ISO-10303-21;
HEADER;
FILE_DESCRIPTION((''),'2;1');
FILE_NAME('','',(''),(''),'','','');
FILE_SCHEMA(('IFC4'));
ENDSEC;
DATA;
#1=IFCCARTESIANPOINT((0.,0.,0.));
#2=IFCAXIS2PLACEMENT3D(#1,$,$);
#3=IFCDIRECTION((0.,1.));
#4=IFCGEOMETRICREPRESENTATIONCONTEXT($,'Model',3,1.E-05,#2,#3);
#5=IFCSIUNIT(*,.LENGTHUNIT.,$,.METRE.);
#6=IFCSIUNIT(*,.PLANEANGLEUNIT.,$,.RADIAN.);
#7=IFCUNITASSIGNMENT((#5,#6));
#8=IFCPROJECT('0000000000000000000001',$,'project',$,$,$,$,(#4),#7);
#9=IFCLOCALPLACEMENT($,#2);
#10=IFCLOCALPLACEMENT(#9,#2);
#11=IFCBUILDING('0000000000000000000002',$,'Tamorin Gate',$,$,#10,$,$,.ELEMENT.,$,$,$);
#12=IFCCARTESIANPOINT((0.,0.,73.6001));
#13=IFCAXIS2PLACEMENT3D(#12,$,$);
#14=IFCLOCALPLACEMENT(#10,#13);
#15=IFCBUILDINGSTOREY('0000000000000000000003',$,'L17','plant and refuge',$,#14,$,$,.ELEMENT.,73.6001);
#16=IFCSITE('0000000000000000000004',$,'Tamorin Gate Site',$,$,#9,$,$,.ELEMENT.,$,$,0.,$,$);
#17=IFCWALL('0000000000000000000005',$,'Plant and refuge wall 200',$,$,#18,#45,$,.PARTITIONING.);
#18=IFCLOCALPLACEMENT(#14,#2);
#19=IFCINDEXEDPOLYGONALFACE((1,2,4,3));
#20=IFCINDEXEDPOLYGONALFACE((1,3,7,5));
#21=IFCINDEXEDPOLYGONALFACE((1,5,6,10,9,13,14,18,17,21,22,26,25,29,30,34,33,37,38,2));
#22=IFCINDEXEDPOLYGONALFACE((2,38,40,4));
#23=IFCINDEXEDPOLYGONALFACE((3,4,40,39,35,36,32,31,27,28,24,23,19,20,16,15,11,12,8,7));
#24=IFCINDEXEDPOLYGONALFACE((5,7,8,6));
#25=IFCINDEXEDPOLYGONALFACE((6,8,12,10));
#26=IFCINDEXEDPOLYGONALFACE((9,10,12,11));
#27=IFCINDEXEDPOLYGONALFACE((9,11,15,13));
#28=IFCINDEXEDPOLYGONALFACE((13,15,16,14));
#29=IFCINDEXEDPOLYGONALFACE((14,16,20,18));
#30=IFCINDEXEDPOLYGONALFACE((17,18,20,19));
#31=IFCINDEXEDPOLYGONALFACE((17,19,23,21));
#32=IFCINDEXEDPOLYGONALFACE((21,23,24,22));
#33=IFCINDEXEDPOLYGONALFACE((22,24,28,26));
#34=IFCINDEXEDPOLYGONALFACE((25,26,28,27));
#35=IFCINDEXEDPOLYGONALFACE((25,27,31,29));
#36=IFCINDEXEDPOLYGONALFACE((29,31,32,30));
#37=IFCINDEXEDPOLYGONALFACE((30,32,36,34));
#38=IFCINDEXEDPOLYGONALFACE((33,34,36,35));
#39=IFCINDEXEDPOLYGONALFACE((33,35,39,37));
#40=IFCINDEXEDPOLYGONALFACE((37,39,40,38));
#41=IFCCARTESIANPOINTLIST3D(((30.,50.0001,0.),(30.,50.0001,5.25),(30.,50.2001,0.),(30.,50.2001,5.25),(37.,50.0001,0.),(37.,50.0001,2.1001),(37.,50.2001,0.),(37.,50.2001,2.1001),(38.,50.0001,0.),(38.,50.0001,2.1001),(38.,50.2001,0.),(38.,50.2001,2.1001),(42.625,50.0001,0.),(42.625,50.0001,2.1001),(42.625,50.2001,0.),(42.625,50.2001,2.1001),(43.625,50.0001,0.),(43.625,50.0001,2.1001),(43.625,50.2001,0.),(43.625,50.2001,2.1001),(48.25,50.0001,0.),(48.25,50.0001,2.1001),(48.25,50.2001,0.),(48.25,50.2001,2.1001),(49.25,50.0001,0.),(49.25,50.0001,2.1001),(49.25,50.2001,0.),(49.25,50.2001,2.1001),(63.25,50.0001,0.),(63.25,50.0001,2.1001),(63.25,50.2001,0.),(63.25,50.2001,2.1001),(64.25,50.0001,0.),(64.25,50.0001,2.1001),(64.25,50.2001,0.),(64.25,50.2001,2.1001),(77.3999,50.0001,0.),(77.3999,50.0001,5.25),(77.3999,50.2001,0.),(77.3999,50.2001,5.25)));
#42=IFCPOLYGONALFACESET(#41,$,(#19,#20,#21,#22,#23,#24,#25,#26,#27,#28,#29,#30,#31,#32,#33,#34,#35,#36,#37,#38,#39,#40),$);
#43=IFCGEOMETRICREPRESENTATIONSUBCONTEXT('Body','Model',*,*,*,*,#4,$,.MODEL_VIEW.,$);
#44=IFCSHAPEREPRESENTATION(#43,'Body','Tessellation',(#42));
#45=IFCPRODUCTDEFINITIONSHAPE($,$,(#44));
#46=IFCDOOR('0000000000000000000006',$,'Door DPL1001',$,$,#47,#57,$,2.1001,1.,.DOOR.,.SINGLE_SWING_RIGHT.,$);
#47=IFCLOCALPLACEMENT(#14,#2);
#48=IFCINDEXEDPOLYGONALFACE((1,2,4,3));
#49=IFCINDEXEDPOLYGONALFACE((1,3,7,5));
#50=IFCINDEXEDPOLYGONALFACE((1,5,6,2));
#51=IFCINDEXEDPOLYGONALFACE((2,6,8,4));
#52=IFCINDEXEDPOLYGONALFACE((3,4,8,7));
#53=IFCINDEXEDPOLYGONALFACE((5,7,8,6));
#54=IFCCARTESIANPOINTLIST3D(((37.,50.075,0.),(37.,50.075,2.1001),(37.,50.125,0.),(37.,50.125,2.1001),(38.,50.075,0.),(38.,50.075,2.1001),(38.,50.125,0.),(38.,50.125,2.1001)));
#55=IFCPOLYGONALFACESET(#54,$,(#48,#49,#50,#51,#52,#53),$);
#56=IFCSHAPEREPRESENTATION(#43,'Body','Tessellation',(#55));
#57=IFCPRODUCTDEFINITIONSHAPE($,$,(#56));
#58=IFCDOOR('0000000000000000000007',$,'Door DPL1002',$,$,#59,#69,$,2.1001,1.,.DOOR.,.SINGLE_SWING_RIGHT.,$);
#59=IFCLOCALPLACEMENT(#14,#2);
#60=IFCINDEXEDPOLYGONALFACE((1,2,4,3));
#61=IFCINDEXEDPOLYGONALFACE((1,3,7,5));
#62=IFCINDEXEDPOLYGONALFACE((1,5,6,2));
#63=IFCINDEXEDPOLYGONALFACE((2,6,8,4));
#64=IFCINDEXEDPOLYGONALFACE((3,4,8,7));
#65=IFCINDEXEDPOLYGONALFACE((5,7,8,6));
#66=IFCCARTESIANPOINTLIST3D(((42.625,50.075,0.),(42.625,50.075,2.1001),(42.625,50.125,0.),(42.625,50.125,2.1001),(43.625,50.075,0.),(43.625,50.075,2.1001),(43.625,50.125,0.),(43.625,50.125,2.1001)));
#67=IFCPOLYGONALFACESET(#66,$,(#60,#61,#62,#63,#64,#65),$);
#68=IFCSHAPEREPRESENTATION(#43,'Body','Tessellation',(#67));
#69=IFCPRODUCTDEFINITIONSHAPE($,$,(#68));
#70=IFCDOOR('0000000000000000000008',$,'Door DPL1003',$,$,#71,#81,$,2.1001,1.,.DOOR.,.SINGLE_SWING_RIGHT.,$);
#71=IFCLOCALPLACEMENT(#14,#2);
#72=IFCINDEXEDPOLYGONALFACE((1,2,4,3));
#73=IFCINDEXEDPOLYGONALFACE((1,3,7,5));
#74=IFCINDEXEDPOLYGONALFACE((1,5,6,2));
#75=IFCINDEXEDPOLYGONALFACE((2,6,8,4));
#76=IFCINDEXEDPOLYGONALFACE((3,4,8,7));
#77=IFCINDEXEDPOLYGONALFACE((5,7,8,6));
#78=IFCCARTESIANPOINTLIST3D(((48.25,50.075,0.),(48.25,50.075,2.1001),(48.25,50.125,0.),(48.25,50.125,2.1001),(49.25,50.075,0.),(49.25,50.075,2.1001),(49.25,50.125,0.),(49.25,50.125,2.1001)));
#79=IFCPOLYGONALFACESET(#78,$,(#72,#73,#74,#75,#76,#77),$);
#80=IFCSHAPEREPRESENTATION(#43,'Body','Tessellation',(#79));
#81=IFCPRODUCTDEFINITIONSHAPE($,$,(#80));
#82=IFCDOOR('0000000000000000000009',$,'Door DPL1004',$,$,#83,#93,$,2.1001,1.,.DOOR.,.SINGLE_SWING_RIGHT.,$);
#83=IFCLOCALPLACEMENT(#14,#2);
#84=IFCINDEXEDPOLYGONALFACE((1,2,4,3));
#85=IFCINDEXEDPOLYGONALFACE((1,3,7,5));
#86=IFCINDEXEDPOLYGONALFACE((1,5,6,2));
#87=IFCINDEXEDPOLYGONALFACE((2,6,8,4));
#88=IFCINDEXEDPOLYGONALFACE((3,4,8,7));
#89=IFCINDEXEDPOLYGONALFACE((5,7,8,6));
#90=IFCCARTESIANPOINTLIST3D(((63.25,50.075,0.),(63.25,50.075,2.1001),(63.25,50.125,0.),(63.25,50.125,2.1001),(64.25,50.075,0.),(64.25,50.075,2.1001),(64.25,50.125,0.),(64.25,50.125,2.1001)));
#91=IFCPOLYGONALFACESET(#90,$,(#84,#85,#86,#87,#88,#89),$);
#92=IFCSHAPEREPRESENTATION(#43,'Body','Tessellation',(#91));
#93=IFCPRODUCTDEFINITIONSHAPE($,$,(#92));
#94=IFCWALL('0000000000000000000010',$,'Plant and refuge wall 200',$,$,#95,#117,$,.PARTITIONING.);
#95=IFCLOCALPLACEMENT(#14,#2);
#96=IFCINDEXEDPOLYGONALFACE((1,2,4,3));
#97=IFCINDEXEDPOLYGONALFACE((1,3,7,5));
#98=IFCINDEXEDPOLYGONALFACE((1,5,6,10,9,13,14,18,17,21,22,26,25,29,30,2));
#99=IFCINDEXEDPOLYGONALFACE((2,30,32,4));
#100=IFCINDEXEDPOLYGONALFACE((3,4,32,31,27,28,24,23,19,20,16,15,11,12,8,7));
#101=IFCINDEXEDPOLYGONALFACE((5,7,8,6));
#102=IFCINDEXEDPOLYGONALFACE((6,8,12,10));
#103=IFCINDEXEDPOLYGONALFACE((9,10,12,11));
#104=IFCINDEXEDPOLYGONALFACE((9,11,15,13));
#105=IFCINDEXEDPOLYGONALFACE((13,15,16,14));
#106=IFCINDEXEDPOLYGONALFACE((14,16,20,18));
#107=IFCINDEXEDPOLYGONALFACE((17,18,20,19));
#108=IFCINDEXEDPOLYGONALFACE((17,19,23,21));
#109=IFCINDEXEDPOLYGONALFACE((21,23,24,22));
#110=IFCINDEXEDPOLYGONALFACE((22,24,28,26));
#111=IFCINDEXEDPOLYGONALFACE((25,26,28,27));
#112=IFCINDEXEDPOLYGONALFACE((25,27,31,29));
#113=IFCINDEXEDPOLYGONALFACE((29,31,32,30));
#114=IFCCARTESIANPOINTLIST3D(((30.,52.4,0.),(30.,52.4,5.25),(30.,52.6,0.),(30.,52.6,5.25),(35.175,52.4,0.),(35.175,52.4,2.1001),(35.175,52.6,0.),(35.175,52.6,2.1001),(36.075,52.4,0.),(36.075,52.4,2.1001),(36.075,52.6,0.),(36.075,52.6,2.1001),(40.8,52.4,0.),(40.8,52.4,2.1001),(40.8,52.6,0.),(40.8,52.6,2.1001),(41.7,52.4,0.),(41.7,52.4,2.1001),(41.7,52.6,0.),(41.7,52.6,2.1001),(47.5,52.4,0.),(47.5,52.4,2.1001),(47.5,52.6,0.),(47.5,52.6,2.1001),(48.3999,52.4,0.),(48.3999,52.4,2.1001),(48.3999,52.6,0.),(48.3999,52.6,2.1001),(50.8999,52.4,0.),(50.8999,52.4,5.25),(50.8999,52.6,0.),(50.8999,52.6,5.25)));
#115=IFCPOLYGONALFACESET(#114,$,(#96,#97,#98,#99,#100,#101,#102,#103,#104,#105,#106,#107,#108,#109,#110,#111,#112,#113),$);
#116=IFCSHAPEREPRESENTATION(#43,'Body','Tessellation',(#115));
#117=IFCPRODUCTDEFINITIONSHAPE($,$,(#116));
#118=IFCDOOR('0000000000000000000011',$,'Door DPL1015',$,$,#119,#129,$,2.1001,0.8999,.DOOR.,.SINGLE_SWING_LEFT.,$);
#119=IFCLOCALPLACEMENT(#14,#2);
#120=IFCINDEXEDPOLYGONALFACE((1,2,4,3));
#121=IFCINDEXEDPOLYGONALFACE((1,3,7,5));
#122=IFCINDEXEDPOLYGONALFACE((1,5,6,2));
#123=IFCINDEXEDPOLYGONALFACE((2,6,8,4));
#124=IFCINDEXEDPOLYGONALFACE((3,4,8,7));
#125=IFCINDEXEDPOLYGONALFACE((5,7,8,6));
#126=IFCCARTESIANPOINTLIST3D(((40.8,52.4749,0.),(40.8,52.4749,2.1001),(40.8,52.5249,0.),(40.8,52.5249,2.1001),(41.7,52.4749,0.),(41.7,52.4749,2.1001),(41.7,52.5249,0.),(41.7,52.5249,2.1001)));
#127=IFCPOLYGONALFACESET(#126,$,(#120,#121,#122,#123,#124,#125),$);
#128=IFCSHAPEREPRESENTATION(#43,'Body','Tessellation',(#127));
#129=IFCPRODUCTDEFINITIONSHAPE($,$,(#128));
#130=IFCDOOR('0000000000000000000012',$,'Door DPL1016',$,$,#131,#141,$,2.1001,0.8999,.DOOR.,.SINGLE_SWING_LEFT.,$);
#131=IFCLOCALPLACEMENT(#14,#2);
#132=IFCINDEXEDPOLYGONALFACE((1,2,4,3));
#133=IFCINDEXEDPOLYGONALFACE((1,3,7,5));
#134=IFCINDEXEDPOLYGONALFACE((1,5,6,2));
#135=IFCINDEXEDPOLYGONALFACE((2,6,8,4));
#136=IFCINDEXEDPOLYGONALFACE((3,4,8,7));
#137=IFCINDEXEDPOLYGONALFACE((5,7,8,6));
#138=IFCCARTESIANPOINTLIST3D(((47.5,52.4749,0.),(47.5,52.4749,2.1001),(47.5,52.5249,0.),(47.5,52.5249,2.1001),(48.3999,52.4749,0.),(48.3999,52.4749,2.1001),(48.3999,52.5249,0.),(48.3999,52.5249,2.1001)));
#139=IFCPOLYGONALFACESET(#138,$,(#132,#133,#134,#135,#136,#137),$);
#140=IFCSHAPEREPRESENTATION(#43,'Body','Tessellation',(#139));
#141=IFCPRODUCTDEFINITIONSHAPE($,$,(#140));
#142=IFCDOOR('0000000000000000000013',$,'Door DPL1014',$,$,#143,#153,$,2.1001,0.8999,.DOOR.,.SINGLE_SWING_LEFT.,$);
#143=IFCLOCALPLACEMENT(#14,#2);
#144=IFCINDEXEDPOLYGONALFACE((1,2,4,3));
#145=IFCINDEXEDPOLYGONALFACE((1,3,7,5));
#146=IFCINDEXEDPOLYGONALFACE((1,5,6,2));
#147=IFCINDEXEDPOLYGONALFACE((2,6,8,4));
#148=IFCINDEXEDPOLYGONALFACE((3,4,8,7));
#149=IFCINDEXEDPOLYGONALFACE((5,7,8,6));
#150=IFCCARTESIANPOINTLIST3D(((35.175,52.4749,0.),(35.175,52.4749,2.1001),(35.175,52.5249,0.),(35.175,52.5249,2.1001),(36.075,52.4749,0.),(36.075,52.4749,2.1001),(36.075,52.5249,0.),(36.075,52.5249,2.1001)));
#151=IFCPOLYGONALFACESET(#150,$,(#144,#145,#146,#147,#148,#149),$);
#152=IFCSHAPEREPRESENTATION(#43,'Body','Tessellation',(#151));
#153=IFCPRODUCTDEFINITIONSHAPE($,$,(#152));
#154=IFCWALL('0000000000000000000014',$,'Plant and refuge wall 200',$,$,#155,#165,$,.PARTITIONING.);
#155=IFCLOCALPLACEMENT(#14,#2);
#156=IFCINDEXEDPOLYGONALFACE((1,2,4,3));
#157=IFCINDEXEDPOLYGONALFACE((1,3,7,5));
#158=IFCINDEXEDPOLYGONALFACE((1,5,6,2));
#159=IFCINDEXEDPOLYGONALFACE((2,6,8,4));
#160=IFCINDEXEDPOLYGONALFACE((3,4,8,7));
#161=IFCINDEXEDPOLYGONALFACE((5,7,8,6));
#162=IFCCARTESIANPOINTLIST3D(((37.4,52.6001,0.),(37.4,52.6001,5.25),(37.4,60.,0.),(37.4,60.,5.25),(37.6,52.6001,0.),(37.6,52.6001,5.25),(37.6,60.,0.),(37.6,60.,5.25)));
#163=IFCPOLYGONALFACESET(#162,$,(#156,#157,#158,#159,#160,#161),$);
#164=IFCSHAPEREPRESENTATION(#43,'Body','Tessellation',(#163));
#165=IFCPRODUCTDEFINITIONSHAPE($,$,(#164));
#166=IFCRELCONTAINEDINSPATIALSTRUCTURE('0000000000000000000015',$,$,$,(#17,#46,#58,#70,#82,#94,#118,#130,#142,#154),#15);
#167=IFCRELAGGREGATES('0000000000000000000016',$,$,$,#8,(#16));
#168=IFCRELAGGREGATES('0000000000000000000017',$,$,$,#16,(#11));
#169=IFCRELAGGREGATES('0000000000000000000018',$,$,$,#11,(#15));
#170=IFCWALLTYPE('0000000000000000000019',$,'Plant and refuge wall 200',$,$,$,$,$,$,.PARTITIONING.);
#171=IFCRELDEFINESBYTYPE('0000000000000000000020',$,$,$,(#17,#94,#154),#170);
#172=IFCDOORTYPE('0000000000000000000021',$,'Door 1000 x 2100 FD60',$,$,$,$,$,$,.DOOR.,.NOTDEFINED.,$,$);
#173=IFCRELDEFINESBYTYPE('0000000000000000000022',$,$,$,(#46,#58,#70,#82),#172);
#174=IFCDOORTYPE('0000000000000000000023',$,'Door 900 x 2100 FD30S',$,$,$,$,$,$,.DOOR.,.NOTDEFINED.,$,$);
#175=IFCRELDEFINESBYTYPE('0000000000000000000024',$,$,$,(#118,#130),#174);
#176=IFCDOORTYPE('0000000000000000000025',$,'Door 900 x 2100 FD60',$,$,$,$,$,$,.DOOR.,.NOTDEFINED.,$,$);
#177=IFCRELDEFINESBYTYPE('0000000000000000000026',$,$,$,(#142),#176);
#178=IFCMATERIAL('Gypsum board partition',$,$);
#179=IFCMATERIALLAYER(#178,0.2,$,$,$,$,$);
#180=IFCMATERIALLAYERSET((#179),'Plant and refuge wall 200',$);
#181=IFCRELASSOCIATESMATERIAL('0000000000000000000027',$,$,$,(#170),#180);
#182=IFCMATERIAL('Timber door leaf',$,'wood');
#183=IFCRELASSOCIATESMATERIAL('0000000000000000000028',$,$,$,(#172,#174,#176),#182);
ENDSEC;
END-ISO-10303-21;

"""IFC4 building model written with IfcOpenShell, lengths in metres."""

from ifc_helpers import new_model, si_unit, direction, frame, frame_2d, origin, place, context, subcontext, project, spatial, rectangle, extrude, material, layer, layer_set, type_object, element, fill, save


model = new_model("IFC4")

# Units and contexts
model_context = context("Model", 3, precision=1e-05, world=origin(), true_north=direction((0.0, 1.0)))
body_context = subcontext(model_context, "Body", "Model", "MODEL_VIEW")
ifc_project = project(units=[si_unit("LENGTHUNIT", "METRE"), si_unit("PLANEANGLEUNIT", "RADIAN")], contexts=[model_context])

# Site, building, storey
site_placement = place(None, origin())
site = spatial("IfcSite", under=ifc_project, at=site_placement, Name="Tamorin Gate Site", CompositionType="ELEMENT", RefElevation=0.0)
building_placement = place(site_placement, origin())
building = spatial("IfcBuilding", under=site, at=building_placement, Name="Tamorin Gate", CompositionType="ELEMENT")
storey_placement = place(building_placement, frame((0.0, 0.0, 73.6001)))
storey = spatial("IfcBuildingStorey", under=building, at=storey_placement, Name="L17", Description="plant and refuge", CompositionType="ELEMENT", Elevation=73.6001)

# Walls, openings, doors
ifc_material_1 = material(Name="Gypsum board partition")
ifc_layer_1 = layer(ifc_material_1, 0.2)
ifc_layer_set_1 = layer_set([ifc_layer_1], Name="Plant and refuge wall 200")
wall_type_1 = type_object("IfcWallType", Name="Plant and refuge wall 200", PredefinedType="PARTITIONING", material=ifc_layer_set_1)
wall_1_placement = place(storey_placement, frame((30.0, 50.1001, 0.0), z_axis=(0.0, 0.0, 1.0), x_axis=(1.0, 0.0, 0.0)))
wall_1 = element("IfcWall", 1, at=wall_1_placement, inside=storey, type_object=wall_type_1, Name="Plant and refuge wall 200", PredefinedType="PARTITIONING", context=body_context, shape_type="SweptSolid", body=[
    extrude(rectangle(XDim=47.3999, YDim=0.2, at=frame_2d((23.7, 0.0))), origin(), (0.0, 0.0, 1.0), 5.25),
])
opening_1_placement = place(wall_1_placement, frame((7.0, 0.0, 0.0)))
opening_1 = element("IfcOpeningElement", 2, at=opening_1_placement, cuts=wall_1, PredefinedType="OPENING", context=body_context, shape_type="SweptSolid", body=[
    extrude(rectangle(XDim=1.0, YDim=2.1001, at=frame_2d((0.5, 1.05))), frame((0.0, 0.1099, 0.0), z_axis=(0.0, -1.0, 0.0), x_axis=(1.0, 0.0, 0.0)), (0.0, 0.0, 1.0), 0.22),
])
opening_2_placement = place(wall_1_placement, frame((12.625, 0.0, 0.0)))
opening_2 = element("IfcOpeningElement", 3, at=opening_2_placement, cuts=wall_1, PredefinedType="OPENING", context=body_context, shape_type="SweptSolid", body=[
    extrude(rectangle(XDim=1.0, YDim=2.1001, at=frame_2d((0.5, 1.05))), frame((0.0, 0.1099, 0.0), z_axis=(0.0, -1.0, 0.0), x_axis=(1.0, 0.0, 0.0)), (0.0, 0.0, 1.0), 0.22),
])
opening_3_placement = place(wall_1_placement, frame((18.25, 0.0, 0.0)))
opening_3 = element("IfcOpeningElement", 4, at=opening_3_placement, cuts=wall_1, PredefinedType="OPENING", context=body_context, shape_type="SweptSolid", body=[
    extrude(rectangle(XDim=1.0, YDim=2.1001, at=frame_2d((0.5, 1.05))), frame((0.0, 0.1099, 0.0), z_axis=(0.0, -1.0, 0.0), x_axis=(1.0, 0.0, 0.0)), (0.0, 0.0, 1.0), 0.22),
])
opening_4_placement = place(wall_1_placement, frame((33.25, 0.0, 0.0)))
opening_4 = element("IfcOpeningElement", 5, at=opening_4_placement, cuts=wall_1, PredefinedType="OPENING", context=body_context, shape_type="SweptSolid", body=[
    extrude(rectangle(XDim=1.0, YDim=2.1001, at=frame_2d((0.5, 1.05))), frame((0.0, 0.1099, 0.0), z_axis=(0.0, -1.0, 0.0), x_axis=(1.0, 0.0, 0.0)), (0.0, 0.0, 1.0), 0.22),
])
ifc_material_2 = material(Name="Timber door leaf", Category="wood")
door_type_1 = type_object("IfcDoorType", Name="Door 1000 x 2100 FD60", OperationType="NOTDEFINED", PredefinedType="DOOR", material=ifc_material_2)
door_1_placement = place(opening_1_placement, origin())
door_1 = element("IfcDoor", 6, at=door_1_placement, inside=storey, type_object=door_type_1, Name="Door DPL1001", OperationType="SINGLE_SWING_RIGHT", OverallHeight=2.1001, OverallWidth=1.0, PredefinedType="DOOR", context=body_context, shape_type="SweptSolid", body=[
    extrude(rectangle(XDim=1.0, YDim=2.1001, at=frame_2d((0.5, 1.05))), frame((0.0, 0.0249, 0.0), z_axis=(0.0, -1.0, 0.0), x_axis=(1.0, 0.0, 0.0)), (0.0, 0.0, 1.0), 0.05),
])
fill(opening_1, door_1)
door_2_placement = place(opening_2_placement, origin())
door_2 = element("IfcDoor", 7, at=door_2_placement, inside=storey, type_object=door_type_1, Name="Door DPL1002", OperationType="SINGLE_SWING_RIGHT", OverallHeight=2.1001, OverallWidth=1.0, PredefinedType="DOOR", context=body_context, shape_type="SweptSolid", body=[
    extrude(rectangle(XDim=1.0, YDim=2.1001, at=frame_2d((0.5, 1.05))), frame((0.0, 0.0249, 0.0), z_axis=(0.0, -1.0, 0.0), x_axis=(1.0, 0.0, 0.0)), (0.0, 0.0, 1.0), 0.05),
])
fill(opening_2, door_2)
door_3_placement = place(opening_3_placement, origin())
door_3 = element("IfcDoor", 8, at=door_3_placement, inside=storey, type_object=door_type_1, Name="Door DPL1003", OperationType="SINGLE_SWING_RIGHT", OverallHeight=2.1001, OverallWidth=1.0, PredefinedType="DOOR", context=body_context, shape_type="SweptSolid", body=[
    extrude(rectangle(XDim=1.0, YDim=2.1001, at=frame_2d((0.5, 1.05))), frame((0.0, 0.0249, 0.0), z_axis=(0.0, -1.0, 0.0), x_axis=(1.0, 0.0, 0.0)), (0.0, 0.0, 1.0), 0.05),
])
fill(opening_3, door_3)
door_4_placement = place(opening_4_placement, origin())
door_4 = element("IfcDoor", 9, at=door_4_placement, inside=storey, type_object=door_type_1, Name="Door DPL1004", OperationType="SINGLE_SWING_RIGHT", OverallHeight=2.1001, OverallWidth=1.0, PredefinedType="DOOR", context=body_context, shape_type="SweptSolid", body=[
    extrude(rectangle(XDim=1.0, YDim=2.1001, at=frame_2d((0.5, 1.05))), frame((0.0, 0.0249, 0.0), z_axis=(0.0, -1.0, 0.0), x_axis=(1.0, 0.0, 0.0)), (0.0, 0.0, 1.0), 0.05),
])
fill(opening_4, door_4)
wall_2_placement = place(storey_placement, frame((30.0, 52.5, 0.0), z_axis=(0.0, 0.0, 1.0), x_axis=(1.0, 0.0, 0.0)))
wall_2 = element("IfcWall", 10, at=wall_2_placement, inside=storey, type_object=wall_type_1, Name="Plant and refuge wall 200", PredefinedType="PARTITIONING", context=body_context, shape_type="SweptSolid", body=[
    extrude(rectangle(XDim=20.8999, YDim=0.2, at=frame_2d((10.45, 0.0))), origin(), (0.0, 0.0, 1.0), 5.25),
])
opening_5_placement = place(wall_2_placement, frame((5.175, 0.0, 0.0)))
opening_5 = element("IfcOpeningElement", 11, at=opening_5_placement, cuts=wall_2, PredefinedType="OPENING", context=body_context, shape_type="SweptSolid", body=[
    extrude(rectangle(XDim=0.8999, YDim=2.1001, at=frame_2d((0.45, 1.05))), frame((0.0, 0.1099, 0.0), z_axis=(0.0, -1.0, 0.0), x_axis=(1.0, 0.0, 0.0)), (0.0, 0.0, 1.0), 0.22),
])
opening_6_placement = place(wall_2_placement, frame((10.8, 0.0, 0.0)))
opening_6 = element("IfcOpeningElement", 12, at=opening_6_placement, cuts=wall_2, PredefinedType="OPENING", context=body_context, shape_type="SweptSolid", body=[
    extrude(rectangle(XDim=0.8999, YDim=2.1001, at=frame_2d((0.45, 1.05))), frame((0.0, 0.1099, 0.0), z_axis=(0.0, -1.0, 0.0), x_axis=(1.0, 0.0, 0.0)), (0.0, 0.0, 1.0), 0.22),
])
opening_7_placement = place(wall_2_placement, frame((17.5, 0.0, 0.0)))
opening_7 = element("IfcOpeningElement", 13, at=opening_7_placement, cuts=wall_2, PredefinedType="OPENING", context=body_context, shape_type="SweptSolid", body=[
    extrude(rectangle(XDim=0.8999, YDim=2.1001, at=frame_2d((0.45, 1.05))), frame((0.0, 0.1099, 0.0), z_axis=(0.0, -1.0, 0.0), x_axis=(1.0, 0.0, 0.0)), (0.0, 0.0, 1.0), 0.22),
])
door_type_2 = type_object("IfcDoorType", Name="Door 900 x 2100 FD30S", OperationType="NOTDEFINED", PredefinedType="DOOR", material=ifc_material_2)
door_5_placement = place(opening_6_placement, origin())
door_5 = element("IfcDoor", 14, at=door_5_placement, inside=storey, type_object=door_type_2, Name="Door DPL1015", OperationType="SINGLE_SWING_LEFT", OverallHeight=2.1001, OverallWidth=0.8999, PredefinedType="DOOR", context=body_context, shape_type="SweptSolid", body=[
    extrude(rectangle(XDim=0.8999, YDim=2.1001, at=frame_2d((0.45, 1.05))), frame((0.0, 0.0249, 0.0), z_axis=(0.0, -1.0, 0.0), x_axis=(1.0, 0.0, 0.0)), (0.0, 0.0, 1.0), 0.05),
])
fill(opening_6, door_5)
door_6_placement = place(opening_7_placement, origin())
door_6 = element("IfcDoor", 15, at=door_6_placement, inside=storey, type_object=door_type_2, Name="Door DPL1016", OperationType="SINGLE_SWING_LEFT", OverallHeight=2.1001, OverallWidth=0.8999, PredefinedType="DOOR", context=body_context, shape_type="SweptSolid", body=[
    extrude(rectangle(XDim=0.8999, YDim=2.1001, at=frame_2d((0.45, 1.05))), frame((0.0, 0.0249, 0.0), z_axis=(0.0, -1.0, 0.0), x_axis=(1.0, 0.0, 0.0)), (0.0, 0.0, 1.0), 0.05),
])
fill(opening_7, door_6)
door_type_3 = type_object("IfcDoorType", Name="Door 900 x 2100 FD60", OperationType="NOTDEFINED", PredefinedType="DOOR", material=ifc_material_2)
door_7_placement = place(opening_5_placement, origin())
door_7 = element("IfcDoor", 16, at=door_7_placement, inside=storey, type_object=door_type_3, Name="Door DPL1014", OperationType="SINGLE_SWING_LEFT", OverallHeight=2.1001, OverallWidth=0.8999, PredefinedType="DOOR", context=body_context, shape_type="SweptSolid", body=[
    extrude(rectangle(XDim=0.8999, YDim=2.1001, at=frame_2d((0.45, 1.05))), frame((0.0, 0.0249, 0.0), z_axis=(0.0, -1.0, 0.0), x_axis=(1.0, 0.0, 0.0)), (0.0, 0.0, 1.0), 0.05),
])
fill(opening_5, door_7)

# Wall
wall_3_placement = place(storey_placement, frame((37.5, 52.6001, 0.0), z_axis=(0.0, 0.0, 1.0), x_axis=(0.0, 1.0, 0.0)))
element("IfcWall", 17, at=wall_3_placement, inside=storey, type_object=wall_type_1, Name="Plant and refuge wall 200", PredefinedType="PARTITIONING", context=body_context, shape_type="SweptSolid", body=[
    extrude(rectangle(XDim=7.3999, YDim=0.2, at=frame_2d((3.7, 0.0))), origin(), (0.0, 0.0, 1.0), 5.25),
])

save(model, "model.ifc")
